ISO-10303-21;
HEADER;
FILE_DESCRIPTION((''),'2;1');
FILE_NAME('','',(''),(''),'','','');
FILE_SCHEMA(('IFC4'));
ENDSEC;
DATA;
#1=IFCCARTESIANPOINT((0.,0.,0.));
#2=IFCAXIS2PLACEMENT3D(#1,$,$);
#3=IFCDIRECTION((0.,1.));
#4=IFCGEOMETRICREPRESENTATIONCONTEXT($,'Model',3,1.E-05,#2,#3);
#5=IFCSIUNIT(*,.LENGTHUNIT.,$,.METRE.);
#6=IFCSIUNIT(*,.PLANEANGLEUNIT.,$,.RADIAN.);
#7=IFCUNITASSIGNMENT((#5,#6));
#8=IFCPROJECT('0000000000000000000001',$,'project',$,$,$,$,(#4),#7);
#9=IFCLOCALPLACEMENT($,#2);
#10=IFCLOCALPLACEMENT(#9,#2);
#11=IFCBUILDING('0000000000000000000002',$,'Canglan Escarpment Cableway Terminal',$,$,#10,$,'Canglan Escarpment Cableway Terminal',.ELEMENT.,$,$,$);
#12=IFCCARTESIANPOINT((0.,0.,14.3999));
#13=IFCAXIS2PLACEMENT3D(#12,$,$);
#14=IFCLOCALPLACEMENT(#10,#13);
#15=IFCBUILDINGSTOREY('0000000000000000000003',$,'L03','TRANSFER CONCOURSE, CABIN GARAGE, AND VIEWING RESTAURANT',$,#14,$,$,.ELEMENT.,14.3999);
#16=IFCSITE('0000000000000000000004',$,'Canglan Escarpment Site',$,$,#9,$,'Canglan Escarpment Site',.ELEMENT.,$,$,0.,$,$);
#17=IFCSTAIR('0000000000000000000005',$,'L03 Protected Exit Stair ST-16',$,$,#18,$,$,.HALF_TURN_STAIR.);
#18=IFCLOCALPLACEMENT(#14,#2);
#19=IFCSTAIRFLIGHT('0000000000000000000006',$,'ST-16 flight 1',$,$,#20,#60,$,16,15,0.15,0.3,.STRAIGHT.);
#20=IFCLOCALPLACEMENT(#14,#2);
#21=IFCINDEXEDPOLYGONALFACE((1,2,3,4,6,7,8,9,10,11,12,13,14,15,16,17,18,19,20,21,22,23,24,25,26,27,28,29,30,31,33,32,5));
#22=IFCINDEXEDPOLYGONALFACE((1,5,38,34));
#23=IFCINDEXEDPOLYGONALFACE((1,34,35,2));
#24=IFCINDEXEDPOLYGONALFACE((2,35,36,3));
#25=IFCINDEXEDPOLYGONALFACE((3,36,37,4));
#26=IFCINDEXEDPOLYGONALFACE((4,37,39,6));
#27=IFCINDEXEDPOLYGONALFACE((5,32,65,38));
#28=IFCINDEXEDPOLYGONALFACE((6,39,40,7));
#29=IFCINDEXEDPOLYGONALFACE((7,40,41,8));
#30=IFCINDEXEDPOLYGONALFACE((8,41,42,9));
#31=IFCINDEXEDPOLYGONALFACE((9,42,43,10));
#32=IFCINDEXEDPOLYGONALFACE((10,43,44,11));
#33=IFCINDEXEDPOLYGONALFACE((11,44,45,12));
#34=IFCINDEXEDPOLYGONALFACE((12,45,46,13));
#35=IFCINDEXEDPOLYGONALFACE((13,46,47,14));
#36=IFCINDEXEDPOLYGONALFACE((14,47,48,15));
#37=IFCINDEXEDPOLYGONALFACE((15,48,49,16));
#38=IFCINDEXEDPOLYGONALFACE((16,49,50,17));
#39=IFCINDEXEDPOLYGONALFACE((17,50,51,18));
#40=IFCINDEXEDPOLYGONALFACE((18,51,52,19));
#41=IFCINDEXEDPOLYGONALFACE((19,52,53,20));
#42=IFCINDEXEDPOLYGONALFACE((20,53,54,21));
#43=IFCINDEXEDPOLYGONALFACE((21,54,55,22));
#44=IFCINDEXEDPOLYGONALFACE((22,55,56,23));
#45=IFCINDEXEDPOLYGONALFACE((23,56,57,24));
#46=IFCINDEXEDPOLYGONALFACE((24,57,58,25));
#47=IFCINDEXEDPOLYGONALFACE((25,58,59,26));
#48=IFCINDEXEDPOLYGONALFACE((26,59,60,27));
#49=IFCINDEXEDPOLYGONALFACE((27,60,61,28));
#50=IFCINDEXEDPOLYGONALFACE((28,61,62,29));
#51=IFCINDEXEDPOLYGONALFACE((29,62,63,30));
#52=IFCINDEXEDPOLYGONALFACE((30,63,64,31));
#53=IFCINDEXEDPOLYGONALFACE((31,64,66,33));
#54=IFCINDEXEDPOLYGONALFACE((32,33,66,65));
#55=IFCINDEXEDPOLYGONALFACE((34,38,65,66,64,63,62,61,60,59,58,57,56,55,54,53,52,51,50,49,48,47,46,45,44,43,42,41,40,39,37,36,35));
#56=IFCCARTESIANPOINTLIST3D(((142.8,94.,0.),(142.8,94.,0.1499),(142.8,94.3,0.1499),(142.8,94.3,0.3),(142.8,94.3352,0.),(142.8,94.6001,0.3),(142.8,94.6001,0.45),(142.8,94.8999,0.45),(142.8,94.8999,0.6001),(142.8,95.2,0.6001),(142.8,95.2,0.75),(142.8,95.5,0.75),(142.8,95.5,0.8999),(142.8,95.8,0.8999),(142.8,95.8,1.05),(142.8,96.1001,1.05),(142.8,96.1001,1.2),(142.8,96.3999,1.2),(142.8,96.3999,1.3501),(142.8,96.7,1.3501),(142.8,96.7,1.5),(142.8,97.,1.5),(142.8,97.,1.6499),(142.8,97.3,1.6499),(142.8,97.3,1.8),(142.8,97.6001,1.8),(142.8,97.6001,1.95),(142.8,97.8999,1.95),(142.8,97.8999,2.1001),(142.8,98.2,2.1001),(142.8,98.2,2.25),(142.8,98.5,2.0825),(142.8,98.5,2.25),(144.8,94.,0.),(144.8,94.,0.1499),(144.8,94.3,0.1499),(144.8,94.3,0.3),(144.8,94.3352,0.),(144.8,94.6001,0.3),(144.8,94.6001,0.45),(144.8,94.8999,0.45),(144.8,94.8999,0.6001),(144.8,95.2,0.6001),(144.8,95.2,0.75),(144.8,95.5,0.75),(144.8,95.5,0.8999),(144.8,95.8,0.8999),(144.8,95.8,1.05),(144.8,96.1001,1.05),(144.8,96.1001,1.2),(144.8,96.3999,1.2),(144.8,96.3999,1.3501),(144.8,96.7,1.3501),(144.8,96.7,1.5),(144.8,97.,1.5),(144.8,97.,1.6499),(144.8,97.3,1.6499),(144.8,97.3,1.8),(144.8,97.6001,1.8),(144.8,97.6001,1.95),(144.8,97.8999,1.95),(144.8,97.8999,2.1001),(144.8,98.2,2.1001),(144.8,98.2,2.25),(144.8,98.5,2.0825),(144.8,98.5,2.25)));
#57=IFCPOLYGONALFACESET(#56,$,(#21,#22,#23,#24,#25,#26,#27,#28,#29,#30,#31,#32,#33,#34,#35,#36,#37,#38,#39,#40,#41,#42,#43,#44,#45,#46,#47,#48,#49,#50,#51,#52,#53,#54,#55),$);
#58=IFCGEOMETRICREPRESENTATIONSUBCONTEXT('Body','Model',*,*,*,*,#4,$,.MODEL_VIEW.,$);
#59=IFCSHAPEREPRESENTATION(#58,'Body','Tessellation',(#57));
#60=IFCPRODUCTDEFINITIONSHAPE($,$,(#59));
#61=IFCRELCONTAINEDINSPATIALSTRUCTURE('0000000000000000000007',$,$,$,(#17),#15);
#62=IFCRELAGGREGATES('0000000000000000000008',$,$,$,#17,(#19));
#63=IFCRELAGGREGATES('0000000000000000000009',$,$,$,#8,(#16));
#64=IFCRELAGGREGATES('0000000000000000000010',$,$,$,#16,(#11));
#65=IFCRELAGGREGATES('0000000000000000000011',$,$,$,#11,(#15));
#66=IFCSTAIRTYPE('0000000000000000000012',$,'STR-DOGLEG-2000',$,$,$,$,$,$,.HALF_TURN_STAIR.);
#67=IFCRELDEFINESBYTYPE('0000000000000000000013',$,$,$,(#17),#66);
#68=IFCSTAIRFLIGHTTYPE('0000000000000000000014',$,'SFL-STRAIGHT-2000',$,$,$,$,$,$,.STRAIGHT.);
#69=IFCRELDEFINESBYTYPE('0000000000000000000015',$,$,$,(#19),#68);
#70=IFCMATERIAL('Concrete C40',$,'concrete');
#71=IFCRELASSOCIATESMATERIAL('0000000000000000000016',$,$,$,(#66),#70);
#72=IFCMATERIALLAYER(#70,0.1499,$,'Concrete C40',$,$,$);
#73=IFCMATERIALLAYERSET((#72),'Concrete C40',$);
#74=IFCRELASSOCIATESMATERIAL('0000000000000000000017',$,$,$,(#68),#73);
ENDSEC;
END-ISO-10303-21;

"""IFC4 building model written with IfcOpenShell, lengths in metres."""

from ifc_helpers import new_model, si_unit, direction, frame, origin, place, context, subcontext, project, spatial, polyline, outline, extrude, material, layer, layer_set, type_object, element, aggregate, save


model = new_model("IFC4")

# Units and contexts
model_context = context("Model", 3, precision=1e-05, world=origin(), true_north=direction((0.0, 1.0)))
body_context = subcontext(model_context, "Body", "Model", "MODEL_VIEW")
ifc_project = project(units=[si_unit("LENGTHUNIT", "METRE"), si_unit("PLANEANGLEUNIT", "RADIAN")], contexts=[model_context])

# Site, building, storey
site_placement = place(None, origin())
site = spatial("IfcSite", under=ifc_project, at=site_placement, Name="Canglan Escarpment Site", LongName="Canglan Escarpment Site", CompositionType="ELEMENT", RefElevation=0.0)
building_placement = place(site_placement, origin())
building = spatial("IfcBuilding", under=site, at=building_placement, Name="Canglan Escarpment Cableway Terminal", LongName="Canglan Escarpment Cableway Terminal", CompositionType="ELEMENT")
storey_placement = place(building_placement, frame((0.0, 0.0, 14.3999)))
storey = spatial("IfcBuildingStorey", under=building, at=storey_placement, Name="L03", Description="TRANSFER CONCOURSE, CABIN GARAGE, AND VIEWING RESTAURANT", CompositionType="ELEMENT", Elevation=14.3999)

# Shared definitions
ifc_material_1 = material(Name="Concrete C40", Category="concrete")

# Stair, stair flight
stair_type = type_object("IfcStairType", Name="STR-DOGLEG-2000", PredefinedType="HALF_TURN_STAIR", material=ifc_material_1)
stair_placement = place(storey_placement, origin())
stair = element("IfcStair", 1, at=stair_placement, inside=storey, type_object=stair_type, Name="L03 Protected Exit Stair ST-16", PredefinedType="HALF_TURN_STAIR")
ifc_layer_1 = layer(ifc_material_1, 0.1499, Name="Concrete C40")
ifc_layer_set_1 = layer_set([ifc_layer_1], Name="Concrete C40")
stair_flight_type = type_object("IfcStairFlightType", Name="SFL-STRAIGHT-2000", PredefinedType="STRAIGHT", material=ifc_layer_set_1)
stair_flight_placement = place(storey_placement, frame((143.8, 94.0, 0.0), z_axis=(0.0, 0.0, 1.0), x_axis=(0.0, 1.0, 0.0)))
stair_flight = element("IfcStairFlight", 2, at=stair_flight_placement, type_object=stair_flight_type, Name="ST-16 flight 1", NumberOfRisers=16, NumberOfTreads=15, PredefinedType="STRAIGHT", RiserHeight=0.15, TreadLength=0.3, context=body_context, shape_type="SweptSolid", body=[
    extrude(outline(polyline([(0.0, 0.0), (0.0, 0.1499), (0.3, 0.1499), (0.3, 0.3), (0.6001, 0.3), (0.6001, 0.45), (0.8999, 0.45), (0.8999, 0.6001), (1.2, 0.6001), (1.2, 0.75), (1.5, 0.75), (1.5, 0.8999), (1.8, 0.8999), (1.8, 1.05), (2.1001, 1.05), (2.1001, 1.2), (2.3999, 1.2), (2.3999, 1.3501), (2.7, 1.3501), (2.7, 1.5), (3.0, 1.5), (3.0, 1.6499), (3.3, 1.6499), (3.3, 1.8), (3.6001, 1.8), (3.6001, 1.95), (3.8999, 1.95), (3.8999, 2.1001), (4.2, 2.1001), (4.2, 2.25), (4.5, 2.25), (4.5, 2.3999), (4.5, 2.0825), (0.3352, 0.0), (0.0, 0.0)])), frame((0.0, 1.0, 0.0), z_axis=(0.0, -1.0, 0.0), x_axis=(1.0, 0.0, 0.0)), (0.0, 0.0, 1.0), 2.0),
])
aggregate(stair, [stair_flight])

save(model, "model.ifc")
